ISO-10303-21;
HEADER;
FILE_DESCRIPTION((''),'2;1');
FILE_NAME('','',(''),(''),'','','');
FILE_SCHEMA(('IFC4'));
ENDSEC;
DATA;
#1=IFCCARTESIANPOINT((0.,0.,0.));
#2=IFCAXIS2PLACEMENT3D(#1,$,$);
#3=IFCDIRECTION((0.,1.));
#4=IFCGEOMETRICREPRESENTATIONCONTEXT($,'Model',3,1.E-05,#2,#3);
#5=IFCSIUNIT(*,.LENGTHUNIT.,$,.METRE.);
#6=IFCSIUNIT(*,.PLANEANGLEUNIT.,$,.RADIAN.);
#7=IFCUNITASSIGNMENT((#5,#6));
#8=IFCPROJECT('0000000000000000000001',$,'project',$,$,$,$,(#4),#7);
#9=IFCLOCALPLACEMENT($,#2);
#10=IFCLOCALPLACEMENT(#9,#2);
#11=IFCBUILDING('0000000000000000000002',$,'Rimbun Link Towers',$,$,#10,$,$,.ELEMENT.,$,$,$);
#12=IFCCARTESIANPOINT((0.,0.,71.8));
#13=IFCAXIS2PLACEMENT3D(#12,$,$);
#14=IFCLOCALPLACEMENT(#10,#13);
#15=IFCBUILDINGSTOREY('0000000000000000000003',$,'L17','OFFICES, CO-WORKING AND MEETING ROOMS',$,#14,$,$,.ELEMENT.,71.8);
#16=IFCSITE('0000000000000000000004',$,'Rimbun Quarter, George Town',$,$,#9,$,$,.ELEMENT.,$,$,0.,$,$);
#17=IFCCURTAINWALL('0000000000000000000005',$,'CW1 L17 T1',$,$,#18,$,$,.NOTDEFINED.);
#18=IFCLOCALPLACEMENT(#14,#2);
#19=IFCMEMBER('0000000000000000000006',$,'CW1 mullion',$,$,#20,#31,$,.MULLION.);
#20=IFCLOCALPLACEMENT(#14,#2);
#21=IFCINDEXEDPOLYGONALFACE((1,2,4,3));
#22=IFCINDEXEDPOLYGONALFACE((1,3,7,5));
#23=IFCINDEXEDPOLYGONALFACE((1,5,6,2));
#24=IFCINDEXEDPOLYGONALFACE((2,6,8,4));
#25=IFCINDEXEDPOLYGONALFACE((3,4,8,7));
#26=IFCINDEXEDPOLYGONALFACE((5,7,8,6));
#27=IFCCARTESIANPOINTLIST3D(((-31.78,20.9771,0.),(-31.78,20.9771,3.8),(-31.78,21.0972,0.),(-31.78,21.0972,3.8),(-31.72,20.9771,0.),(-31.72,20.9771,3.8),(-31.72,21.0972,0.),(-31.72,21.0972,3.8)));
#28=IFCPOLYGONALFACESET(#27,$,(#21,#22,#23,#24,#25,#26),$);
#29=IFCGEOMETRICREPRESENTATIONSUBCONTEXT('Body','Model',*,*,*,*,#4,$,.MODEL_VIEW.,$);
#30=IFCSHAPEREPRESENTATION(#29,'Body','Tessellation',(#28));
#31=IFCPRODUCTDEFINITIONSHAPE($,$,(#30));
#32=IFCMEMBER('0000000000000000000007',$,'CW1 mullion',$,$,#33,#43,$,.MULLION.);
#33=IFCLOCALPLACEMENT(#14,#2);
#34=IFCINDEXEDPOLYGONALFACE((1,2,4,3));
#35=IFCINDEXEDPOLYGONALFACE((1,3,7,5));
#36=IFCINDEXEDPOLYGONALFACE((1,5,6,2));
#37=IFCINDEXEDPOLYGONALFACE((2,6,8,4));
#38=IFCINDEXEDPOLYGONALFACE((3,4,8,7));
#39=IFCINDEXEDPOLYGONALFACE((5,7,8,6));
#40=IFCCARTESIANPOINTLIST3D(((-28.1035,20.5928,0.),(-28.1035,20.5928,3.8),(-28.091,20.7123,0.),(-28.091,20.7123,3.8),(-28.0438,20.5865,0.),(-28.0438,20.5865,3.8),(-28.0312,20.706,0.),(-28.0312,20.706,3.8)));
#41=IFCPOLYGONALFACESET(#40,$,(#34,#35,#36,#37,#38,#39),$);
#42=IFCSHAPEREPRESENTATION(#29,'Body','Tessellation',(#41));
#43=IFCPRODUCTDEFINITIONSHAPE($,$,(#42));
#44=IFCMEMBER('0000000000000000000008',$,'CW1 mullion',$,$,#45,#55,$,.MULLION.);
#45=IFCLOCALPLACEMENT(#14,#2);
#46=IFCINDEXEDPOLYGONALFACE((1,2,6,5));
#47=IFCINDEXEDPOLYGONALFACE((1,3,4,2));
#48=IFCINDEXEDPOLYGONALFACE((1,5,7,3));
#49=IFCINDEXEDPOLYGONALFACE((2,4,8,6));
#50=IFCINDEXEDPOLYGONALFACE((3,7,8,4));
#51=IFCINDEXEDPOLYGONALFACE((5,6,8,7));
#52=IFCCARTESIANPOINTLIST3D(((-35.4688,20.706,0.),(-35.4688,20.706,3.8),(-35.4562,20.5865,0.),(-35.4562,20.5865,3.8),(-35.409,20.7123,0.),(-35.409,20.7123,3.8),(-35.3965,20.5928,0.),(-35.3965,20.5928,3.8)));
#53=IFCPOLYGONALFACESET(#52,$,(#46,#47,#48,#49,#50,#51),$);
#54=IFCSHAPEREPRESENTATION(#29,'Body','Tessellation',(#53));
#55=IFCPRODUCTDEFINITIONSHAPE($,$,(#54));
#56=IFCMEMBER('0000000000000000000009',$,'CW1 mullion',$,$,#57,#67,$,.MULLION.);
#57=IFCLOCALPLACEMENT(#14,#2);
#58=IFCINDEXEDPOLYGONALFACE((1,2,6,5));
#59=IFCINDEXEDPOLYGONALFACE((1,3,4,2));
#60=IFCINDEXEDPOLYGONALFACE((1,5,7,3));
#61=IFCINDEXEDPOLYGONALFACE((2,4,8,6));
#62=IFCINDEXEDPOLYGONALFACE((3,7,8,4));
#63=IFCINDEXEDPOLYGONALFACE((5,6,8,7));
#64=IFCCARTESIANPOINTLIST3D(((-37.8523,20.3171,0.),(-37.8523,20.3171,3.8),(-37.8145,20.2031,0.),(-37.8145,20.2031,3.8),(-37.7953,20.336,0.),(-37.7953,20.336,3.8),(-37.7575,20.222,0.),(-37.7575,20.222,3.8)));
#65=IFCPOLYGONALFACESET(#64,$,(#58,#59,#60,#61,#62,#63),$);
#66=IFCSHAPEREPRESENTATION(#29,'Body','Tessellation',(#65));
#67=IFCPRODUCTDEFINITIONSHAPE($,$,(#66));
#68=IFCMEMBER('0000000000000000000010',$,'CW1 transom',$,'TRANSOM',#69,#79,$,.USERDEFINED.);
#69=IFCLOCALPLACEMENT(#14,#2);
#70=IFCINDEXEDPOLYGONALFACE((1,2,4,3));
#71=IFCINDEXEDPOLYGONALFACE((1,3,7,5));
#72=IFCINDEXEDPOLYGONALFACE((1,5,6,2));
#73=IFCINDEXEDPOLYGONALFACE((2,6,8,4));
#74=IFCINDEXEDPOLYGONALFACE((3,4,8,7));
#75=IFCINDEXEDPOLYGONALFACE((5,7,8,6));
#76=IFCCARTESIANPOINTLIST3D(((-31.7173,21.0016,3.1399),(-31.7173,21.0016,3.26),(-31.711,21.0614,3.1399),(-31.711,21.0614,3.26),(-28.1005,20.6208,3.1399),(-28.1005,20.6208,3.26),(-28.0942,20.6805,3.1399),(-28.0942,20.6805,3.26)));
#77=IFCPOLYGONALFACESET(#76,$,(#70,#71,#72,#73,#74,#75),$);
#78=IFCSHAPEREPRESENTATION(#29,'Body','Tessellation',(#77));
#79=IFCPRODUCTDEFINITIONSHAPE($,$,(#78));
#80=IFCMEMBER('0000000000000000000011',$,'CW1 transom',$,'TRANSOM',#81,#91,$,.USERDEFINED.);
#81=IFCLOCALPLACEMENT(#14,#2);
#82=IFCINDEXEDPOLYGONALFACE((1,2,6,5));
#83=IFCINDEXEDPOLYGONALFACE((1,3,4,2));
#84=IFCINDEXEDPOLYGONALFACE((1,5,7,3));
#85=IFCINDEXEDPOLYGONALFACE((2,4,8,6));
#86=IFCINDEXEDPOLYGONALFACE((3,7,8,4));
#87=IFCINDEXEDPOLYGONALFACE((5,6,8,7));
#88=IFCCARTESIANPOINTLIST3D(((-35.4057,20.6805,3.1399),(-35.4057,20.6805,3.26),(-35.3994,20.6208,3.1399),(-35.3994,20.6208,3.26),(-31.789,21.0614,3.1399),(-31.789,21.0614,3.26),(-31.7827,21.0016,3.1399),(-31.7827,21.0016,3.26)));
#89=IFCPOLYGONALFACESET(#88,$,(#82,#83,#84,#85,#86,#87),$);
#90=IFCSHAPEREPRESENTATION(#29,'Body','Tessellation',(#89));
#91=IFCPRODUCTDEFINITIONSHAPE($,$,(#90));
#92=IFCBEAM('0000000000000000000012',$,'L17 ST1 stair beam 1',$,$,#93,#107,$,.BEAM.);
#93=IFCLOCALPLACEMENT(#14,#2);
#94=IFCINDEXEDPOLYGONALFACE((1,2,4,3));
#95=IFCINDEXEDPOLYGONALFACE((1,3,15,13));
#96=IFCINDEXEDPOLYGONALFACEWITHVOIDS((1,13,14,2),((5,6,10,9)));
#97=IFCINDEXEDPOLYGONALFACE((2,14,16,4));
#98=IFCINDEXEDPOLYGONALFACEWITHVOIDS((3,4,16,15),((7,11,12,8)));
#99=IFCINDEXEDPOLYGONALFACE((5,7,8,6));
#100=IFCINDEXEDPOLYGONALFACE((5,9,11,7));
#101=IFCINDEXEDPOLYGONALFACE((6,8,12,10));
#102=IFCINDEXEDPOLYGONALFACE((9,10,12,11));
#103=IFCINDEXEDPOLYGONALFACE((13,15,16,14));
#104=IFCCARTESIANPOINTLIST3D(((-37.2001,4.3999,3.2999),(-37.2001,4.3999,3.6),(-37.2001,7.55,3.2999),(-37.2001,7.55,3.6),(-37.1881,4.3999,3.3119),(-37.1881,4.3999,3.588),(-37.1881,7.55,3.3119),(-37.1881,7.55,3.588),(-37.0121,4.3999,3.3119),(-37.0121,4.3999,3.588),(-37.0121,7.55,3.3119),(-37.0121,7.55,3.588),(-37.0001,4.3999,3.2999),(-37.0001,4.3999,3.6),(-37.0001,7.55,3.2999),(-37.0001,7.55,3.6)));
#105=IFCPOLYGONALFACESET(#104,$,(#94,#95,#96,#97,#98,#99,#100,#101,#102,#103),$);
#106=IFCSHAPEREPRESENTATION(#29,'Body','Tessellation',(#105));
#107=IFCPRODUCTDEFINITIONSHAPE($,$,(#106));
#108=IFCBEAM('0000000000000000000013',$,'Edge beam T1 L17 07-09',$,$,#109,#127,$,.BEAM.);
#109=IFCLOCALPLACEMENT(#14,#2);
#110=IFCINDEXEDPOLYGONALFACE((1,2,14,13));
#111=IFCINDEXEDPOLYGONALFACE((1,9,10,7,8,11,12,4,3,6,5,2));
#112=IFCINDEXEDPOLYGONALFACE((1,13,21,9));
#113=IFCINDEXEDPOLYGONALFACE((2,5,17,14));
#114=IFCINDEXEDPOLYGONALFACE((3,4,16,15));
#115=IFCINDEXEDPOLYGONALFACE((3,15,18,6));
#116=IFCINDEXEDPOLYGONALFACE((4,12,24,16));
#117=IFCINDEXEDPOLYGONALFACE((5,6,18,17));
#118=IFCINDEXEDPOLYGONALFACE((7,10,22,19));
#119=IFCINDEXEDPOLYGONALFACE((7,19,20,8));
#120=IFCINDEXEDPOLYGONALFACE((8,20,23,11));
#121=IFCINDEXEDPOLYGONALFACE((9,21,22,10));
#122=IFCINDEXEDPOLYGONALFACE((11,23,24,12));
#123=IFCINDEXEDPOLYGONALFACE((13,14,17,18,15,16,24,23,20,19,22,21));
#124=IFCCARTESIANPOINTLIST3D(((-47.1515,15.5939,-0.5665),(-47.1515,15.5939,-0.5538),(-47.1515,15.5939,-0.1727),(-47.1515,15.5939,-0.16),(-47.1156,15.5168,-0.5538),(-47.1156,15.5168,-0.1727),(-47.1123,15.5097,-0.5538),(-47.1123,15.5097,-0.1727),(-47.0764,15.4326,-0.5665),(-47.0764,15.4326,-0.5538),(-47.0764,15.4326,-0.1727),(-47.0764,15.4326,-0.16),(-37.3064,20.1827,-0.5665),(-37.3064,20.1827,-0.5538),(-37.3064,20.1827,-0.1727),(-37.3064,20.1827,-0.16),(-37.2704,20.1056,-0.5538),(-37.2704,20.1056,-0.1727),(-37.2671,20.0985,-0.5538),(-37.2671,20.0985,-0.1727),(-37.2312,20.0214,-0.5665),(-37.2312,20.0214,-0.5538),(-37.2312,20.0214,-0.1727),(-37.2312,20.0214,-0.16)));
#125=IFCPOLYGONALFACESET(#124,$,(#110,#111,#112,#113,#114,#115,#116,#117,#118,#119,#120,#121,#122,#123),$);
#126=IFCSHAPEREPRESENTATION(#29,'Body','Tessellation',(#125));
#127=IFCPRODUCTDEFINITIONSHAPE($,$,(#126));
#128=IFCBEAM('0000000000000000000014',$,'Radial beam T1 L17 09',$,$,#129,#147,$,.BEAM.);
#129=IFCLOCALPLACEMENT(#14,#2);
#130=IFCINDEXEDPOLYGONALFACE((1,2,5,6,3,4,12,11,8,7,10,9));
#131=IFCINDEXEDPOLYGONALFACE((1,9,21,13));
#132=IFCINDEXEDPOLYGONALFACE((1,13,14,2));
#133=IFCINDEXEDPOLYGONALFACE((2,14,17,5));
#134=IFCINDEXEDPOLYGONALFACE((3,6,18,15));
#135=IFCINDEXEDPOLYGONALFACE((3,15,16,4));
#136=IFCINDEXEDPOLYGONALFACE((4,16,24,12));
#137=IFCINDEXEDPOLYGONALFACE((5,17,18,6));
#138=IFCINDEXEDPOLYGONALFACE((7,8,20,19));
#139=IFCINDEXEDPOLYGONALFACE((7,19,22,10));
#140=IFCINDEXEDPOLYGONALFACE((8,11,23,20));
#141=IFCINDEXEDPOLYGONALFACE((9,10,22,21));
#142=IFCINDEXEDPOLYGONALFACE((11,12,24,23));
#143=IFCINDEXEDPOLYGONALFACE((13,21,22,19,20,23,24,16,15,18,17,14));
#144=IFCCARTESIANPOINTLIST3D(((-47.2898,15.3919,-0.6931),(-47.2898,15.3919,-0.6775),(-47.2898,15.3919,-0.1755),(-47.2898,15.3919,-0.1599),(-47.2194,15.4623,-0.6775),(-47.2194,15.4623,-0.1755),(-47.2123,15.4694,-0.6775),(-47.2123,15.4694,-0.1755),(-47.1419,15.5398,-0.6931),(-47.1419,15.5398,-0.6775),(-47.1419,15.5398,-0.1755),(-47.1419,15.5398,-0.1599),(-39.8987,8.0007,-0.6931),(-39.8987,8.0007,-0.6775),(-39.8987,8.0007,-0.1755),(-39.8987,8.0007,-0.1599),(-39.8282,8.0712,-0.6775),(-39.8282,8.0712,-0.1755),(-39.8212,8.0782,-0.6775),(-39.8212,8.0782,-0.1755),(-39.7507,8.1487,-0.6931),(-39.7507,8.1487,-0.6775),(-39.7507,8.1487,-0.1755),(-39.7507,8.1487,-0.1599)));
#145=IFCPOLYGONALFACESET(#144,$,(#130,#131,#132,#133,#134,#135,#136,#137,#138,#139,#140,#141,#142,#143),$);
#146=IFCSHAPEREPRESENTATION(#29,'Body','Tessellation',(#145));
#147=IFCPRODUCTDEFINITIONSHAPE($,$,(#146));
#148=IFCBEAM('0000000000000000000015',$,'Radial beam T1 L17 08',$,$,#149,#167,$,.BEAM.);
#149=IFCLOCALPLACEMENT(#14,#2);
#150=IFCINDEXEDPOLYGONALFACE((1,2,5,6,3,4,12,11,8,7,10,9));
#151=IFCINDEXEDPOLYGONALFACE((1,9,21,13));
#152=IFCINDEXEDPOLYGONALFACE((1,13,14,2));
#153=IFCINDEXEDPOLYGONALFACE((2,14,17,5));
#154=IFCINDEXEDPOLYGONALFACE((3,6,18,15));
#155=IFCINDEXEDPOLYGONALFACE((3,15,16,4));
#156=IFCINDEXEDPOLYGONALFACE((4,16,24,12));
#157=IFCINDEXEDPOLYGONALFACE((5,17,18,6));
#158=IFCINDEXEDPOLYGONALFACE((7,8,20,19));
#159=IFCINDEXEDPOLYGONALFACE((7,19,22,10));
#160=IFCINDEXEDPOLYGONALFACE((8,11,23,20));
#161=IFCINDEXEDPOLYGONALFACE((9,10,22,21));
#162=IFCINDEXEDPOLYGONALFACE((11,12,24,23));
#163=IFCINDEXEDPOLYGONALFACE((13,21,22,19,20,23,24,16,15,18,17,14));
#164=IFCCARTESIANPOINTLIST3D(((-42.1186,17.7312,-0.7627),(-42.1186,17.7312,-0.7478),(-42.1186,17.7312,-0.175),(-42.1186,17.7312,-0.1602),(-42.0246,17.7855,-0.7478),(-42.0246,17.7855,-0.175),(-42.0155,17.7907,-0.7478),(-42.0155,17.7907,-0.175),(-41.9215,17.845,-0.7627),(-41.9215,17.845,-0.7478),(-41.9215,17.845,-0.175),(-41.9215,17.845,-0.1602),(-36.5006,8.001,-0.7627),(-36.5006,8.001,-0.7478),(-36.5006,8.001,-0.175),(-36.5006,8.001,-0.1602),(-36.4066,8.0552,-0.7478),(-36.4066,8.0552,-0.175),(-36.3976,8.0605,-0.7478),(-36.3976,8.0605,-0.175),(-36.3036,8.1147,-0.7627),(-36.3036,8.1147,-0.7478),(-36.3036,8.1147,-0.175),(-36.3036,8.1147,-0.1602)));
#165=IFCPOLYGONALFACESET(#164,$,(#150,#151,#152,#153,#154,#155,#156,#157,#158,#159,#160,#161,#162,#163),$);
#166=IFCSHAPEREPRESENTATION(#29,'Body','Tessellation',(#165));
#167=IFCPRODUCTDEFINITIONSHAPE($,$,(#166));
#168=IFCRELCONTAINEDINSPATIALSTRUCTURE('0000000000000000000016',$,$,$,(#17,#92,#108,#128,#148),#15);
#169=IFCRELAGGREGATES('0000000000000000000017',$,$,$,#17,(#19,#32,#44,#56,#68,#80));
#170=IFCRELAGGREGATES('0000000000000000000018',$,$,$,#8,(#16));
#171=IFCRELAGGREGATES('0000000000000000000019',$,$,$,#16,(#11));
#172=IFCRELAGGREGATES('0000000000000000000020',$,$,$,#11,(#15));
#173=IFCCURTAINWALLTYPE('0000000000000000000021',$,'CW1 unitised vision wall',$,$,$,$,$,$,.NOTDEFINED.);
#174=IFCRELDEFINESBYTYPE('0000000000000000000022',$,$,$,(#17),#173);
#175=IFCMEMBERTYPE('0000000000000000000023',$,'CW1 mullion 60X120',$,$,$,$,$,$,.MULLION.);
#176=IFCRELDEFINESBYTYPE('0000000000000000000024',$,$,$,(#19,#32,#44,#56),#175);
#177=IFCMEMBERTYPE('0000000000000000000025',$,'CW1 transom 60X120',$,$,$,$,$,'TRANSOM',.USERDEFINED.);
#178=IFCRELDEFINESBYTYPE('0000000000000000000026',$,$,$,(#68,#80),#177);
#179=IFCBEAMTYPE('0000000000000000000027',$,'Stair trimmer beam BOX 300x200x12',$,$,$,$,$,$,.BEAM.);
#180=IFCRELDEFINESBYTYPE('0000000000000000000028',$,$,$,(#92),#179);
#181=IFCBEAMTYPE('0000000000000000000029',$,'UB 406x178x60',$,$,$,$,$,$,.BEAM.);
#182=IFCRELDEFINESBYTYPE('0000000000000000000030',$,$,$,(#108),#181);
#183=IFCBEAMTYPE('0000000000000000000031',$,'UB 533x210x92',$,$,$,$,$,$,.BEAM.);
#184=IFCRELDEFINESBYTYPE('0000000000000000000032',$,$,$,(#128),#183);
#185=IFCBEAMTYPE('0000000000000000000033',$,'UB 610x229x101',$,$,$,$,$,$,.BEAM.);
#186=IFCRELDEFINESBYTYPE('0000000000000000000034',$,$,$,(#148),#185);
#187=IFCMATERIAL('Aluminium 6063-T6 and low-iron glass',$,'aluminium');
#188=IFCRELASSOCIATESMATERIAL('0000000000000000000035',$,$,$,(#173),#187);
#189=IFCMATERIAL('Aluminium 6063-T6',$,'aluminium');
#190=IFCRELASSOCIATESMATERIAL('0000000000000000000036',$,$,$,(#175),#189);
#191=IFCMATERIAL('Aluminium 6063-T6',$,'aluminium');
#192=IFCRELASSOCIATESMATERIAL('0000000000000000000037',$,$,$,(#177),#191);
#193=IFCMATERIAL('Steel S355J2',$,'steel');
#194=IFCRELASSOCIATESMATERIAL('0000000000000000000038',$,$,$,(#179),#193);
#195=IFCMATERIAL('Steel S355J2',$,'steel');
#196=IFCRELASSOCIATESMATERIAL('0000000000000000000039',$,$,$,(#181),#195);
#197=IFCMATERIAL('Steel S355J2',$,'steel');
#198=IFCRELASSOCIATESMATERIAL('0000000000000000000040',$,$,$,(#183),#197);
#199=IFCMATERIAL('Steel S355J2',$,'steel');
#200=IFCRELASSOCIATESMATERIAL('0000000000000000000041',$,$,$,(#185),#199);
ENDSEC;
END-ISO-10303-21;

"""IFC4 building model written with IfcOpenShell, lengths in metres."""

from ifc_helpers import new_model, si_unit, direction, frame, origin, origin_2d, place, context, subcontext, project, spatial, rectangle, hollow_rectangle, i_section, extrude, material, material_profile, profile_set, type_object, element, aggregate, save


model = new_model("IFC4")

# Units and contexts
model_context = context("Model", 3, precision=1e-05, world=origin(), true_north=direction((0.0, 1.0)))
body_context = subcontext(model_context, "Body", "Model", "MODEL_VIEW")
ifc_project = project(units=[si_unit("LENGTHUNIT", "METRE"), si_unit("PLANEANGLEUNIT", "RADIAN")], contexts=[model_context])

# Site, building, storey
site_placement = place(None, origin())
site = spatial("IfcSite", under=ifc_project, at=site_placement, Name="Rimbun Quarter, George Town", CompositionType="ELEMENT", RefElevation=0.0)
building_placement = place(site_placement, origin())
building = spatial("IfcBuilding", under=site, at=building_placement, Name="Rimbun Link Towers", CompositionType="ELEMENT")
storey_placement = place(building_placement, frame((0.0, 0.0, 71.8)))
storey = spatial("IfcBuildingStorey", under=building, at=storey_placement, Name="L17", Description="OFFICES, CO-WORKING AND MEETING ROOMS", CompositionType="ELEMENT", Elevation=71.8)

# Curtain wall, members
ifc_material_1 = material(Name="Aluminium 6063-T6 and low-iron glass", Category="aluminium")
curtain_wall_type = type_object("IfcCurtainWallType", Name="CW1 unitised vision wall", PredefinedType="NOTDEFINED", material=ifc_material_1)
curtain_wall_placement = place(storey_placement, origin())
curtain_wall = element("IfcCurtainWall", 1, at=curtain_wall_placement, inside=storey, type_object=curtain_wall_type, Name="CW1 L17 T1", PredefinedType="NOTDEFINED")
ifc_material_2 = material(Name="Aluminium 6063-T6", Category="aluminium")
ifc_material_profile_1 = material_profile(ifc_material_2, rectangle(XDim=0.1201, YDim=0.0601, at=origin_2d()), Name="MULLION 60X120")
ifc_profile_set_1 = profile_set([ifc_material_profile_1], Name="Aluminium 6063-T6")
member_type_1 = type_object("IfcMemberType", Name="CW1 mullion 60X120", PredefinedType="MULLION", material=ifc_profile_set_1)
member_1_placement = place(storey_placement, frame((-31.75, 21.0371, 0.0), z_axis=(0.0, 0.0, 1.0), x_axis=(0.0, 1.0, 0.0)))
member_1 = element("IfcMember", 2, at=member_1_placement, type_object=member_type_1, Name="CW1 mullion", PredefinedType="MULLION", context=body_context, shape_type="SweptSolid", body=[
    extrude(rectangle(XDim=0.1201, YDim=0.0601, at=origin_2d()), origin(), (0.0, 0.0, 1.0), 3.8),
])
member_2_placement = place(storey_placement, frame((-28.0674, 20.6494, 0.0), z_axis=(0.0, 0.0, 1.0), x_axis=(0.104735, 0.9945, 0.0)))
member_2 = element("IfcMember", 3, at=member_2_placement, type_object=member_type_1, Name="CW1 mullion", PredefinedType="MULLION", context=body_context, shape_type="SweptSolid", body=[
    extrude(rectangle(XDim=0.1201, YDim=0.0601, at=origin_2d()), origin(), (0.0, 0.0, 1.0), 3.8),
])
member_3_placement = place(storey_placement, frame((-35.4326, 20.6494, 0.0), z_axis=(0.0, 0.0, 1.0), x_axis=(-0.104735, 0.9945, 0.0)))
member_3 = element("IfcMember", 4, at=member_3_placement, type_object=member_type_1, Name="CW1 mullion", PredefinedType="MULLION", context=body_context, shape_type="SweptSolid", body=[
    extrude(rectangle(XDim=0.1201, YDim=0.0601, at=origin_2d()), origin(), (0.0, 0.0, 1.0), 3.8),
])
member_4_placement = place(storey_placement, frame((-37.8049, 20.2695, 0.0), z_axis=(0.0, 0.0, 1.0), x_axis=(-0.314556, 0.949239, 0.0)))
member_4 = element("IfcMember", 5, at=member_4_placement, type_object=member_type_1, Name="CW1 mullion", PredefinedType="MULLION", context=body_context, shape_type="SweptSolid", body=[
    extrude(rectangle(XDim=0.1201, YDim=0.0601, at=origin_2d()), origin(), (0.0, 0.0, 1.0), 3.8),
])
ifc_material_3 = material(Name="Aluminium 6063-T6", Category="aluminium")
ifc_material_profile_2 = material_profile(ifc_material_3, rectangle(XDim=0.0601, YDim=0.1201, at=origin_2d()), Name="TRANSOM 60X120")
ifc_profile_set_2 = profile_set([ifc_material_profile_2], Name="Aluminium 6063-T6")
member_type_2 = type_object("IfcMemberType", Name="CW1 transom 60X120", ElementType="TRANSOM", PredefinedType="USERDEFINED", material=ifc_profile_set_2)
member_5_placement = place(storey_placement, frame((-31.7141, 21.0315, 3.2), z_axis=(0.994501, -0.104727, 0.0), x_axis=(0.104727, 0.994501, 0.0)))
member_5 = element("IfcMember", 6, at=member_5_placement, type_object=member_type_2, Name="CW1 transom", ObjectType="TRANSOM", PredefinedType="USERDEFINED", context=body_context, shape_type="SweptSolid", body=[
    extrude(rectangle(XDim=0.0601, YDim=0.1201, at=origin_2d()), origin(), (0.0, 0.0, 1.0), 3.6367),
])
member_6_placement = place(storey_placement, frame((-35.4026, 20.6506, 3.2), z_axis=(0.994501, 0.104727, 0.0), x_axis=(-0.104727, 0.994501, 0.0)))
member_6 = element("IfcMember", 7, at=member_6_placement, type_object=member_type_2, Name="CW1 transom", ObjectType="TRANSOM", PredefinedType="USERDEFINED", context=body_context, shape_type="SweptSolid", body=[
    extrude(rectangle(XDim=0.0601, YDim=0.1201, at=origin_2d()), origin(), (0.0, 0.0, 1.0), 3.6367),
])

# Beams
ifc_material_4 = material(Name="Steel S355J2", Category="steel")
ifc_material_profile_3 = material_profile(ifc_material_4, hollow_rectangle(XDim=0.2, YDim=0.3, WallThickness=0.012, at=origin_2d()), Name="BOX 300x200x12")
ifc_profile_set_3 = profile_set([ifc_material_profile_3], Name="Steel S355J2")
beam_type_1 = type_object("IfcBeamType", Name="Stair trimmer beam BOX 300x200x12", PredefinedType="BEAM", material=ifc_profile_set_3)
beam_1_placement = place(storey_placement, frame((-37.1001, 7.55, 3.45), z_axis=(0.0, -1.0, 0.0), x_axis=(1.0, 0.0, 0.0)))
element("IfcBeam", 8, at=beam_1_placement, inside=storey, type_object=beam_type_1, Name="L17 ST1 stair beam 1", PredefinedType="BEAM", context=body_context, shape_type="SweptSolid", body=[
    extrude(hollow_rectangle(XDim=0.2, YDim=0.3, WallThickness=0.012, at=origin_2d()), origin(), (0.0, 0.0, 1.0), 3.1501),
])
ifc_material_5 = material(Name="Steel S355J2", Category="steel")
ifc_material_profile_4 = material_profile(ifc_material_5, i_section(OverallWidth=0.178, OverallDepth=0.4065, WebThickness=0.0078, FlangeThickness=0.0127, at=origin_2d()), Name="UB 406x178x60")
ifc_profile_set_4 = profile_set([ifc_material_profile_4], Name="Steel S355J2")
beam_type_2 = type_object("IfcBeamType", Name="UB 406x178x60", PredefinedType="BEAM", material=ifc_profile_set_4)
beam_2_placement = place(storey_placement, frame((-37.2688, 20.1021, -0.3633), z_axis=(-0.906379, -0.422465, 0.0), x_axis=(0.422465, -0.906379, 0.0)))
element("IfcBeam", 9, at=beam_2_placement, inside=storey, type_object=beam_type_2, Name="Edge beam T1 L17 07-09", PredefinedType="BEAM", context=body_context, shape_type="SweptSolid", body=[
    extrude(i_section(OverallWidth=0.178, OverallDepth=0.4065, WebThickness=0.0078, FlangeThickness=0.0127, at=origin_2d()), origin(), (0.0, 0.0, 1.0), 10.8621),
])
ifc_material_6 = material(Name="Steel S355J2", Category="steel")
ifc_material_profile_5 = material_profile(ifc_material_6, i_section(OverallWidth=0.2092, OverallDepth=0.5332, WebThickness=0.01, FlangeThickness=0.0156, at=origin_2d()), Name="UB 533x210x92")
ifc_profile_set_5 = profile_set([ifc_material_profile_5], Name="Steel S355J2")
beam_type_3 = type_object("IfcBeamType", Name="UB 533x210x92", PredefinedType="BEAM", material=ifc_profile_set_5)
beam_3_placement = place(storey_placement, frame((-39.8247, 8.0747, -0.4265), z_axis=(-0.707107, 0.707107, 0.0), x_axis=(-0.707107, -0.707107, 0.0)))
element("IfcBeam", 10, at=beam_3_placement, inside=storey, type_object=beam_type_3, Name="Radial beam T1 L17 09", PredefinedType="BEAM", context=body_context, shape_type="SweptSolid", body=[
    extrude(i_section(OverallWidth=0.2092, OverallDepth=0.5332, WebThickness=0.01, FlangeThickness=0.0156, at=origin_2d()), origin(), (0.0, 0.0, 1.0), 10.4526),
])
ifc_material_7 = material(Name="Steel S355J2", Category="steel")
ifc_material_profile_6 = material_profile(ifc_material_7, i_section(OverallWidth=0.2275, OverallDepth=0.6025, WebThickness=0.0105, FlangeThickness=0.0149, at=origin_2d()), Name="UB 610x229x101")
ifc_profile_set_6 = profile_set([ifc_material_profile_6], Name="Steel S355J2")
beam_type_4 = type_object("IfcBeamType", Name="UB 610x229x101", PredefinedType="BEAM", material=ifc_profile_set_6)
beam_4_placement = place(storey_placement, frame((-36.4021, 8.0579, -0.4614), z_axis=(-0.500011, 0.866019, 0.0), x_axis=(-0.866019, -0.500011, 0.0)))
element("IfcBeam", 11, at=beam_4_placement, inside=storey, type_object=beam_type_4, Name="Radial beam T1 L17 08", PredefinedType="BEAM", context=body_context, shape_type="SweptSolid", body=[
    extrude(i_section(OverallWidth=0.2275, OverallDepth=0.6025, WebThickness=0.0105, FlangeThickness=0.0149, at=origin_2d()), origin(), (0.0, 0.0, 1.0), 11.2356),
])

aggregate(curtain_wall, [member_1, member_2, member_3, member_4, member_5, member_6])

save(model, "model.ifc")
